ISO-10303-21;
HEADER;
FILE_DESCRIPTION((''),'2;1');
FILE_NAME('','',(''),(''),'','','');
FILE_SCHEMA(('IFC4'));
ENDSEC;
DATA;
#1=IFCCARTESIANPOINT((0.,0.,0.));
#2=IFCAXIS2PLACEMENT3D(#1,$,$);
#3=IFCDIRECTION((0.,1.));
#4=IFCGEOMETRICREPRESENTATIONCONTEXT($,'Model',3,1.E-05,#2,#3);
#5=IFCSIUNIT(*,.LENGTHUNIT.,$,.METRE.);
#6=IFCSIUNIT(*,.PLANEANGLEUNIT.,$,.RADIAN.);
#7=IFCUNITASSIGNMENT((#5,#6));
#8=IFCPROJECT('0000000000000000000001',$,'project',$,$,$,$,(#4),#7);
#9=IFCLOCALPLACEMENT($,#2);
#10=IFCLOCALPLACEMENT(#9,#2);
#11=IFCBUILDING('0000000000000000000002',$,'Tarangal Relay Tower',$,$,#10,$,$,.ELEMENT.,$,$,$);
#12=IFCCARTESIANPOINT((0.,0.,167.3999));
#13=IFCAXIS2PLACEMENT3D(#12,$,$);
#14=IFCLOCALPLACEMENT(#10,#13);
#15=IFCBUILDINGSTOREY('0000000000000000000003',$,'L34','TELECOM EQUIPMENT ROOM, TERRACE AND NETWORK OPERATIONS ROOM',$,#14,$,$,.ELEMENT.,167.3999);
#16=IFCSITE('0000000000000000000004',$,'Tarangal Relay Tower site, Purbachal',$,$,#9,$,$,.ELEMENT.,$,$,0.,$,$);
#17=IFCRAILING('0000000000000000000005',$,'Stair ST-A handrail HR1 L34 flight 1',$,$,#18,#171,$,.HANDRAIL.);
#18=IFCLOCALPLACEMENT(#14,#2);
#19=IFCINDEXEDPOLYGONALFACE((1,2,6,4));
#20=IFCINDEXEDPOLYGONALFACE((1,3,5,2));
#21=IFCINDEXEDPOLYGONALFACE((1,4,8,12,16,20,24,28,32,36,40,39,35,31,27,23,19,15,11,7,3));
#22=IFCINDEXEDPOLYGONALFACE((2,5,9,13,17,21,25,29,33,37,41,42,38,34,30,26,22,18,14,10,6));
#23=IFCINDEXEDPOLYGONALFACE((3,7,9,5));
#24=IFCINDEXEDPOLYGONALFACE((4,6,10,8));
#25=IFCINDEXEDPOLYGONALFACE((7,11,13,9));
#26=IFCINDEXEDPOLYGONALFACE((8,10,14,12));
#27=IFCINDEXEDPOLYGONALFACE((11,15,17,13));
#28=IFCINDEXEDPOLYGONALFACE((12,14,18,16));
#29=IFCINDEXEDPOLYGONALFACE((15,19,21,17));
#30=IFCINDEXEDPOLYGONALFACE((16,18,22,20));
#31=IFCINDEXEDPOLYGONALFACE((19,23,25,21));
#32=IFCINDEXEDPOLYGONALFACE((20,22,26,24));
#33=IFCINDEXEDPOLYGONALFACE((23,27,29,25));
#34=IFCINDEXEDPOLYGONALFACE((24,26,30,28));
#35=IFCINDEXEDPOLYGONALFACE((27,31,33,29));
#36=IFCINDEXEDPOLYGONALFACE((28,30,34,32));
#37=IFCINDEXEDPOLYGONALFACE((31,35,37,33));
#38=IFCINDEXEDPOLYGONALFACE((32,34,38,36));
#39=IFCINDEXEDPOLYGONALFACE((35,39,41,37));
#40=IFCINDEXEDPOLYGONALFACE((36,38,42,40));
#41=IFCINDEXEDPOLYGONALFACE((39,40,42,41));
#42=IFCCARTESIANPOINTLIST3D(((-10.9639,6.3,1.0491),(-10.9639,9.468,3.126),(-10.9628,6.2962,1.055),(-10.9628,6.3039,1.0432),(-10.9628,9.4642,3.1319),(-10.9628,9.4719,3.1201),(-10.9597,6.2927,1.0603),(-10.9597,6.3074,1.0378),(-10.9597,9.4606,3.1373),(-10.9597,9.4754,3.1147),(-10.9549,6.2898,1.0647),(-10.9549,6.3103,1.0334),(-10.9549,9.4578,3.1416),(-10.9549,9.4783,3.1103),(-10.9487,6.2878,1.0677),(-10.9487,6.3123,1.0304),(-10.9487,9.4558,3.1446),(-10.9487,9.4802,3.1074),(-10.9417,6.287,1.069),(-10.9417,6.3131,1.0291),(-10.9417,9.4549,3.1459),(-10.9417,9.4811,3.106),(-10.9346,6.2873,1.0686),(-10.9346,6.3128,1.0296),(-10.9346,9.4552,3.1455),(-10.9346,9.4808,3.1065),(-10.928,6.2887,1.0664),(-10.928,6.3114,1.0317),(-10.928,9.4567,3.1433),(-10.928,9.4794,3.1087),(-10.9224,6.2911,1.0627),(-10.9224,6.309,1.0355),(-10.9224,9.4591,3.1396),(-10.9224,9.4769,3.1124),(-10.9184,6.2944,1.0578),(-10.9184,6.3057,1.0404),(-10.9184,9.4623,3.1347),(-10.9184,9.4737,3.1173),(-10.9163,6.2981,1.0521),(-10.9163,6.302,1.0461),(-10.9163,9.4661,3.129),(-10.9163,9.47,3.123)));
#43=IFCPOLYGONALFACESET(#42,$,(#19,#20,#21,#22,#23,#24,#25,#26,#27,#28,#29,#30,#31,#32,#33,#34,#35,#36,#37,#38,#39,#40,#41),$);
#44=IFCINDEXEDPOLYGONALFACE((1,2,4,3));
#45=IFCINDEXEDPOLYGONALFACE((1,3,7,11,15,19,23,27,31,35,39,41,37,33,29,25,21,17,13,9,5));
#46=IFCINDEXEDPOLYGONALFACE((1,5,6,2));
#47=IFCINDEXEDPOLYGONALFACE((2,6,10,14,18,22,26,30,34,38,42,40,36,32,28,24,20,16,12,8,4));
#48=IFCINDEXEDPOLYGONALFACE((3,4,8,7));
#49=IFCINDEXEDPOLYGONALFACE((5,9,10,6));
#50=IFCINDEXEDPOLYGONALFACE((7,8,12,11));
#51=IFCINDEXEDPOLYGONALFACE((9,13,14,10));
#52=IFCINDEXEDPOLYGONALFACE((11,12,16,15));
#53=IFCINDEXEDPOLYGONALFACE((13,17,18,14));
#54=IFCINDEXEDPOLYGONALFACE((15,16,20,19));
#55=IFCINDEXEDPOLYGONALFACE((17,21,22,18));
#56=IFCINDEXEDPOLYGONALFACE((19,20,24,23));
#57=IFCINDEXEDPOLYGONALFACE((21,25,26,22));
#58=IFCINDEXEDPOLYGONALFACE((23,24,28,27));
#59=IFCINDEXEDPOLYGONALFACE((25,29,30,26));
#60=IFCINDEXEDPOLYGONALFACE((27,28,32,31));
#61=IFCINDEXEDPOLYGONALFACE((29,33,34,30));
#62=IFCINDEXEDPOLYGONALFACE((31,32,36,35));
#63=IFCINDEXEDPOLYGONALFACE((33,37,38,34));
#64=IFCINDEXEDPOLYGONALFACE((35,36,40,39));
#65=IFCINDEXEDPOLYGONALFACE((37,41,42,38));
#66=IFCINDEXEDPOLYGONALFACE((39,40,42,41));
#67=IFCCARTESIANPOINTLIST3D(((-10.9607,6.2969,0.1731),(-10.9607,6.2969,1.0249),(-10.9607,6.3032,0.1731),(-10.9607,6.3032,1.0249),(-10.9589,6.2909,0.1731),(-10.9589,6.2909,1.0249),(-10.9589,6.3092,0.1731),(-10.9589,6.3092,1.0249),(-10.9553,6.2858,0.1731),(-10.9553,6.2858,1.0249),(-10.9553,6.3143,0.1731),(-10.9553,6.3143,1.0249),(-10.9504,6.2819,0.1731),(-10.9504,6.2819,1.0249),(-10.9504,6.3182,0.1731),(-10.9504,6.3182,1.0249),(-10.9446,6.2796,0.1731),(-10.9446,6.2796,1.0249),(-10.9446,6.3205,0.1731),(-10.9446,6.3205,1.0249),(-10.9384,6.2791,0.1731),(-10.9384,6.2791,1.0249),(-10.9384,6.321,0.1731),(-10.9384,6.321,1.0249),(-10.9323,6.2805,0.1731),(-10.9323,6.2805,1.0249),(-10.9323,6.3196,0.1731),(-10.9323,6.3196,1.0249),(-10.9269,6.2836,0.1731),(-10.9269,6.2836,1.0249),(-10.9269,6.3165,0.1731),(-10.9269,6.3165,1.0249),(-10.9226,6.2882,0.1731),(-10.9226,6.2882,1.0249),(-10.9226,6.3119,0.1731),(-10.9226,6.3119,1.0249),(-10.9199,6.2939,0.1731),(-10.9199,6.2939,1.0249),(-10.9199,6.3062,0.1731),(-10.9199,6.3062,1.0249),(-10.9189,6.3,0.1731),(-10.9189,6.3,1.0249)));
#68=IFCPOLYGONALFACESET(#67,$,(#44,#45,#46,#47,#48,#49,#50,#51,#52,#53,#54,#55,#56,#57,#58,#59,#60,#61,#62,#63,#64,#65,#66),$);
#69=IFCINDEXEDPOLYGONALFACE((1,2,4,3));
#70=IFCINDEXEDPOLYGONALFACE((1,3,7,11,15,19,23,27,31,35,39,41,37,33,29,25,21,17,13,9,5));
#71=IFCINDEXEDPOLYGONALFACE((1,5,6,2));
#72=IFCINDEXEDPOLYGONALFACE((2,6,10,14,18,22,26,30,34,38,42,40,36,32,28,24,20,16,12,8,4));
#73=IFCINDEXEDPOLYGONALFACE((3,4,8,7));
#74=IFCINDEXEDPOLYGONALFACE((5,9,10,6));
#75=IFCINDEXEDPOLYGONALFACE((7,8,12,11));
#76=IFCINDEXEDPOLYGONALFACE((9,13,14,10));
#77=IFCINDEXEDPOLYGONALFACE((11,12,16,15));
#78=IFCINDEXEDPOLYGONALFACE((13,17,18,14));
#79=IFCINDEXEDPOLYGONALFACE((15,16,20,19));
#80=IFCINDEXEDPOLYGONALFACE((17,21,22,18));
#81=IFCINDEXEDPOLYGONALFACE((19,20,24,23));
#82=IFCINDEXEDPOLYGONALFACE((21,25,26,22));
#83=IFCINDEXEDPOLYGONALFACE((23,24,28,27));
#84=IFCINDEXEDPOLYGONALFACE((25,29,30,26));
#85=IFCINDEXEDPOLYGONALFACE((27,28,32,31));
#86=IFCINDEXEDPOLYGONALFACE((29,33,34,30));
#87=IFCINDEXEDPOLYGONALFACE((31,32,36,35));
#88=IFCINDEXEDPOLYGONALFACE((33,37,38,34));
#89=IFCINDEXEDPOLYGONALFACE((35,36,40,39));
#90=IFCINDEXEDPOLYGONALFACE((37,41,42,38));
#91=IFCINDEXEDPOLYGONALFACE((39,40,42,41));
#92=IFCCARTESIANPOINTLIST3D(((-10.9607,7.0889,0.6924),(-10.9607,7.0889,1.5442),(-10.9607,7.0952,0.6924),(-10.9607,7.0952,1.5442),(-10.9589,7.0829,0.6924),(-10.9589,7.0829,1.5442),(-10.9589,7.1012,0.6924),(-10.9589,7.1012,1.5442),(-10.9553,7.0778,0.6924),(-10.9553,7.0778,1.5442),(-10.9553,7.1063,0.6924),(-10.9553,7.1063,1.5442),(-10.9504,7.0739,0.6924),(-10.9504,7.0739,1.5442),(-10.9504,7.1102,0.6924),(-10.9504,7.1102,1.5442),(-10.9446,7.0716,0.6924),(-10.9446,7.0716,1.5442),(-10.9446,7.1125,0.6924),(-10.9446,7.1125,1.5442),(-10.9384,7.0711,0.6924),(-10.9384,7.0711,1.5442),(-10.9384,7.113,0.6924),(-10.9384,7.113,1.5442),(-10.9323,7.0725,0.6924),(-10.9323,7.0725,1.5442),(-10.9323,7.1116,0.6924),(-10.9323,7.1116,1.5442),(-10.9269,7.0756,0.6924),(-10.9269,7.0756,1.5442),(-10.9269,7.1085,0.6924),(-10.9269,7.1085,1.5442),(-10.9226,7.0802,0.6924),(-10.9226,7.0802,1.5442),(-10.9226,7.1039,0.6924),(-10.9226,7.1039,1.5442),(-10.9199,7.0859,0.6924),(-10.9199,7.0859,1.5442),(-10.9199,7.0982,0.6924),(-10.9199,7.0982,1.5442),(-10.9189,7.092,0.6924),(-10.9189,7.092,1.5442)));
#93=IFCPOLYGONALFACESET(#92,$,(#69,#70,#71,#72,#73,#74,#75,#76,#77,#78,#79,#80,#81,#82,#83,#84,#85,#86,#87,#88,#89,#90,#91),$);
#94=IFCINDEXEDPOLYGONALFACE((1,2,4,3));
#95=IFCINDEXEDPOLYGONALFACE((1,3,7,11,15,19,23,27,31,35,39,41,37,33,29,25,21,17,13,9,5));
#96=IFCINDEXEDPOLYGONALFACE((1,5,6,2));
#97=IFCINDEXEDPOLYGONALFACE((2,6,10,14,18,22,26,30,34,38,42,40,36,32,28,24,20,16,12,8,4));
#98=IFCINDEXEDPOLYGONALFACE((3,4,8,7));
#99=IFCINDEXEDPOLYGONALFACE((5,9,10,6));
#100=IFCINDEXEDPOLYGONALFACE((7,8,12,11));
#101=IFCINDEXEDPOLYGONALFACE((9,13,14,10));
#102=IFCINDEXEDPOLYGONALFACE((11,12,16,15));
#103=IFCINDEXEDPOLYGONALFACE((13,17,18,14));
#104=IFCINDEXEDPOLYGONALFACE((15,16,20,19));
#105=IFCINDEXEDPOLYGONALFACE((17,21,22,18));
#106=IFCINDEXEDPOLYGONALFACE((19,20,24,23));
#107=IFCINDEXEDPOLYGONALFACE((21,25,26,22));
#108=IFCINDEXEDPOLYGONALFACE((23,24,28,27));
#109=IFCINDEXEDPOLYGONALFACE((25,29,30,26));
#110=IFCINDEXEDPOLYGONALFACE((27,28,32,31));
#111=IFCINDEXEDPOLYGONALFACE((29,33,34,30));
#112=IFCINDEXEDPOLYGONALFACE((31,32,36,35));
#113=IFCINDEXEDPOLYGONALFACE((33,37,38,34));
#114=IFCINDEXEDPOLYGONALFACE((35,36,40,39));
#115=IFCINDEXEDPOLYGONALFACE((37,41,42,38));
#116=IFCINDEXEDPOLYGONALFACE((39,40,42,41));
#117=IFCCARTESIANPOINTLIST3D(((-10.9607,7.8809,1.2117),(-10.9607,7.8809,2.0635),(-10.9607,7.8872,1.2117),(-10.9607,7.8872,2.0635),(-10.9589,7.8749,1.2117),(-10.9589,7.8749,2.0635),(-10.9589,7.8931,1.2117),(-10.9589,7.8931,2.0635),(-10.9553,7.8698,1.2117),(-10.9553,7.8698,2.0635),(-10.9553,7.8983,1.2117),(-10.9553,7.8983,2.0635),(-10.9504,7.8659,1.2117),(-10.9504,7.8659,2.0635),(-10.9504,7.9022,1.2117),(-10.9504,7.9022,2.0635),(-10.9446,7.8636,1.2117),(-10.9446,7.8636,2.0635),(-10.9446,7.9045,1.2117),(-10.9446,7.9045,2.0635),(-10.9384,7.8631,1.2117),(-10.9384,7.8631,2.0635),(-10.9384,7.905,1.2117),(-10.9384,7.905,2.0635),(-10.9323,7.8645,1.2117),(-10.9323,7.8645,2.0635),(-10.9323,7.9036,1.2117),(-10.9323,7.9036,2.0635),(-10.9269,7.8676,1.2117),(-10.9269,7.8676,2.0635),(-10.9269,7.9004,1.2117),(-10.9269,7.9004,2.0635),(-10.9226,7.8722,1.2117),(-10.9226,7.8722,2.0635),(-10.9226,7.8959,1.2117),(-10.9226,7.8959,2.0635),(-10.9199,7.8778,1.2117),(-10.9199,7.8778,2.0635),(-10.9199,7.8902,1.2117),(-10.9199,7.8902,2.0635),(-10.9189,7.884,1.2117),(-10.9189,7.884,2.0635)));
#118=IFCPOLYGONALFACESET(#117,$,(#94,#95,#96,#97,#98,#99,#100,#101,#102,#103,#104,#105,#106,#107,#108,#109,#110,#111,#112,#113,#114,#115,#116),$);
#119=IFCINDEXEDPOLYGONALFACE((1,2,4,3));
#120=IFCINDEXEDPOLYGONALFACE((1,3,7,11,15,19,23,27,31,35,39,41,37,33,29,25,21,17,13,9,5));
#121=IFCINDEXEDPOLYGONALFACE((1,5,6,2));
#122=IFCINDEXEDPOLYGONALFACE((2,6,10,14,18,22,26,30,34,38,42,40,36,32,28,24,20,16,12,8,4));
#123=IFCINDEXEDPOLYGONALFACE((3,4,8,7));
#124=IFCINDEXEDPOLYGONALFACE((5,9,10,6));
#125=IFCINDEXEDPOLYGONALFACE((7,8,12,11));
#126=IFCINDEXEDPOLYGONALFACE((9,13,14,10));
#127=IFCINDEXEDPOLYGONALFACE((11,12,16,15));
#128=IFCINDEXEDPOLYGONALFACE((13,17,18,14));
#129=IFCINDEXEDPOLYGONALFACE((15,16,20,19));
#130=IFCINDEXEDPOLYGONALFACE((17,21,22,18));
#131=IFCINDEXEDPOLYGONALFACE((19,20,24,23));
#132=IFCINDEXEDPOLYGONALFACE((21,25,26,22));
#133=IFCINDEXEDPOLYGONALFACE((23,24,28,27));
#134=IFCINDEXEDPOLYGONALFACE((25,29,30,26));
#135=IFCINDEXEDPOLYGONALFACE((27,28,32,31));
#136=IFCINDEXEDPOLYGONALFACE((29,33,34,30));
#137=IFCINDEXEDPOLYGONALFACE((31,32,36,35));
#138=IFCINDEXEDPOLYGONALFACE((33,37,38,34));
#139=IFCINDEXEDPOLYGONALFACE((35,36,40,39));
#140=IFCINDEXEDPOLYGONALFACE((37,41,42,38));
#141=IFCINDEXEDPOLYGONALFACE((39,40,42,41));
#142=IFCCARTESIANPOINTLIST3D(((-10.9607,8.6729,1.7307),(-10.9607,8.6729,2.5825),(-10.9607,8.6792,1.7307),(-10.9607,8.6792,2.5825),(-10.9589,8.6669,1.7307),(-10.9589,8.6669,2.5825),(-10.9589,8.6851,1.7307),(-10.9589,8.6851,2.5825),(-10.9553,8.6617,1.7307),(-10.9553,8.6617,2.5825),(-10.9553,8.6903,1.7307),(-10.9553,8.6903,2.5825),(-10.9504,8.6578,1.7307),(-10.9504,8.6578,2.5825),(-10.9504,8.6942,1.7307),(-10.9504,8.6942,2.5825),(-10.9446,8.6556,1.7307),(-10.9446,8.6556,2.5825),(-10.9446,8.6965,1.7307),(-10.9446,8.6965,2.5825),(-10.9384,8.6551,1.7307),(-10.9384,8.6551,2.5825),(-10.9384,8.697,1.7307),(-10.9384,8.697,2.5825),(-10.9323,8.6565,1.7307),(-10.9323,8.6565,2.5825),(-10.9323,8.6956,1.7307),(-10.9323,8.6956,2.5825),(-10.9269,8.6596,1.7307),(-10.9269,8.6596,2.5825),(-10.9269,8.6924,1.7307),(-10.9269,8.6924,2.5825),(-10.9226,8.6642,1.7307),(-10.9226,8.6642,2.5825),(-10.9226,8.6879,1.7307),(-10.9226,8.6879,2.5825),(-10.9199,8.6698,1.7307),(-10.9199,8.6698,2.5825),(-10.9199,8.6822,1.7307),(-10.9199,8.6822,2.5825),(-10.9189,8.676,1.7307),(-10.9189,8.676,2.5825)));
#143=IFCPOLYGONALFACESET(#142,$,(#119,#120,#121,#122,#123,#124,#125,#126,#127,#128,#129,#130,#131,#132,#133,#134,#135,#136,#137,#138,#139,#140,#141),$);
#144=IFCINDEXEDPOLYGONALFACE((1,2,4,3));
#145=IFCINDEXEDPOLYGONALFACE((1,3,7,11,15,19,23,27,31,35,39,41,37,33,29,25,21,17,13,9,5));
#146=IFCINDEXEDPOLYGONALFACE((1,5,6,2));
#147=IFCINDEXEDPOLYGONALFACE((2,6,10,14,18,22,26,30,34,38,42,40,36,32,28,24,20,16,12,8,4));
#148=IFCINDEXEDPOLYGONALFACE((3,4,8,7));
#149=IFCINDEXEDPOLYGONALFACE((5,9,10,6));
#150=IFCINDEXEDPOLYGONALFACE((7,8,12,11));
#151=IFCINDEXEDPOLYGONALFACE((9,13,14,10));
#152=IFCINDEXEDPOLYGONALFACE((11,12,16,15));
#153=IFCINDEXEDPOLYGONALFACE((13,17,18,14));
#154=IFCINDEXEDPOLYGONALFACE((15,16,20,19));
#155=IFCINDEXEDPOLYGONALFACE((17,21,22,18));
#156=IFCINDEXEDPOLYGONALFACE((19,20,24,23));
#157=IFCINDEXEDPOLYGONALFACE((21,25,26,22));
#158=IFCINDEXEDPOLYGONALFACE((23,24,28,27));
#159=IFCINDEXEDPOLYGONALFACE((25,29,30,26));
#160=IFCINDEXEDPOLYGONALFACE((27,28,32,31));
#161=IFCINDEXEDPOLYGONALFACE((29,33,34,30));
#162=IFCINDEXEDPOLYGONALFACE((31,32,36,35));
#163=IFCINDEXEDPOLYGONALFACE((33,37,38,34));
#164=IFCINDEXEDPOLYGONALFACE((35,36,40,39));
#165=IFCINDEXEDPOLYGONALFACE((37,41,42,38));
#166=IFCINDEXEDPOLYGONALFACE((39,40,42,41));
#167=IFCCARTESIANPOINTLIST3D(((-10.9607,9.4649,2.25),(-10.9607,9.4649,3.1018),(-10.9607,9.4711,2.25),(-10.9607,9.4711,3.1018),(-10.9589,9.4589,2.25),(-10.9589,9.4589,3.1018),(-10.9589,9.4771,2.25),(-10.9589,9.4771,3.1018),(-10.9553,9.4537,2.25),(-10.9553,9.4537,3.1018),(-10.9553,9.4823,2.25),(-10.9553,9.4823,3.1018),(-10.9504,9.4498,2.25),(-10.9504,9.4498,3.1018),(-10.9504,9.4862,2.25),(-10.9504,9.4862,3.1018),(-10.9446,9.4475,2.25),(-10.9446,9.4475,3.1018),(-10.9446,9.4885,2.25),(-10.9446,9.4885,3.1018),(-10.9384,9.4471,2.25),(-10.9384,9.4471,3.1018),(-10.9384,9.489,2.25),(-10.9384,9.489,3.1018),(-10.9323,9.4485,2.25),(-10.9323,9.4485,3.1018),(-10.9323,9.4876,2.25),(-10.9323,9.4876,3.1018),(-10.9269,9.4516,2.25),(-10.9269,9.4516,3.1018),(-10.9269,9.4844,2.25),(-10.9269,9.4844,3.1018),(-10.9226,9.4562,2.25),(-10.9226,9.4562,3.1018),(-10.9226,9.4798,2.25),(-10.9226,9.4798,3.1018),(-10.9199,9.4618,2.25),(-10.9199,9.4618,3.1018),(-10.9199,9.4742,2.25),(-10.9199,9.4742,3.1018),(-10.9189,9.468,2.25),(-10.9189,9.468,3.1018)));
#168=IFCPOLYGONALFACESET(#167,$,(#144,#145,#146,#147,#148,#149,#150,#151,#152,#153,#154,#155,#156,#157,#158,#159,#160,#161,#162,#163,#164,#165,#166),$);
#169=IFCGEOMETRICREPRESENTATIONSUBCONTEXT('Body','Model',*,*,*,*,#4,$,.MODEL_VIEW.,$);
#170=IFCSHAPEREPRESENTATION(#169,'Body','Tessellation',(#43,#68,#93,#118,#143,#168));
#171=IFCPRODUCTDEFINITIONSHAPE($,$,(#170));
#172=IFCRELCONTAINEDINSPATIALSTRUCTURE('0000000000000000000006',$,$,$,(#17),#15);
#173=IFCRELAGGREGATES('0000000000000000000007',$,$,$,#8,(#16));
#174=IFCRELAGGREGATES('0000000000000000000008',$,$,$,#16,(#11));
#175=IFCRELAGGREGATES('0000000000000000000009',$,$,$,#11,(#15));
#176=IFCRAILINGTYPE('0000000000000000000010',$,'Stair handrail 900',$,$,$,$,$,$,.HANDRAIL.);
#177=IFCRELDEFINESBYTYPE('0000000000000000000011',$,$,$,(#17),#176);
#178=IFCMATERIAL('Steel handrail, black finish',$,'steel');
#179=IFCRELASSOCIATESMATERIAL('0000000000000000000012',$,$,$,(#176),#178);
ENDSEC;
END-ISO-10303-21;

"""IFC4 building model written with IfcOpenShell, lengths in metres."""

from ifc_helpers import new_model, si_unit, direction, frame, origin, origin_2d, place, context, subcontext, project, spatial, circle, extrude, material, type_object, element, save


model = new_model("IFC4")

# Units and contexts
model_context = context("Model", 3, precision=1e-05, world=origin(), true_north=direction((0.0, 1.0)))
body_context = subcontext(model_context, "Body", "Model", "MODEL_VIEW")
ifc_project = project(units=[si_unit("LENGTHUNIT", "METRE"), si_unit("PLANEANGLEUNIT", "RADIAN")], contexts=[model_context])

# Site, building, storey
site_placement = place(None, origin())
site = spatial("IfcSite", under=ifc_project, at=site_placement, Name="Tarangal Relay Tower site, Purbachal", CompositionType="ELEMENT", RefElevation=0.0)
building_placement = place(site_placement, origin())
building = spatial("IfcBuilding", under=site, at=building_placement, Name="Tarangal Relay Tower", CompositionType="ELEMENT")
storey_placement = place(building_placement, frame((0.0, 0.0, 167.3999)))
storey = spatial("IfcBuildingStorey", under=building, at=storey_placement, Name="L34", Description="TELECOM EQUIPMENT ROOM, TERRACE AND NETWORK OPERATIONS ROOM", CompositionType="ELEMENT", Elevation=167.3999)

# Railing
ifc_material_1 = material(Name="Steel handrail, black finish", Category="steel")
railing_type = type_object("IfcRailingType", Name="Stair handrail 900", PredefinedType="HANDRAIL", material=ifc_material_1)
railing_placement = place(storey_placement, frame((-10.9399, 6.3, 0.1731)))
element("IfcRailing", 1, at=railing_placement, inside=storey, type_object=railing_type, Name="Stair ST-A handrail HR1 L34 flight 1", PredefinedType="HANDRAIL", context=body_context, shape_type="SweptSolid", body=[
    extrude(circle(Radius=0.0239, at=origin_2d()), frame((0.0, 0.0, 0.876), z_axis=(0.0, 0.836299, 0.548273), x_axis=(-1.0, 0.0, 0.0)), (0.0, 0.0, 1.0), 3.7881),
    extrude(circle(Radius=0.021, at=origin_2d()), origin(), (0.0, 0.0, 1.0), 0.8518),
    extrude(circle(Radius=0.021, at=origin_2d()), frame((0.0, 0.792, 0.5193)), (0.0, 0.0, 1.0), 0.8518),
    extrude(circle(Radius=0.021, at=origin_2d()), frame((0.0, 1.584, 1.0386)), (0.0, 0.0, 1.0), 0.8518),
    extrude(circle(Radius=0.021, at=origin_2d()), frame((0.0, 2.376, 1.5576)), (0.0, 0.0, 1.0), 0.8518),
    extrude(circle(Radius=0.021, at=origin_2d()), frame((0.0, 3.168, 2.0769)), (0.0, 0.0, 1.0), 0.8518),
])

save(model, "model.ifc")
